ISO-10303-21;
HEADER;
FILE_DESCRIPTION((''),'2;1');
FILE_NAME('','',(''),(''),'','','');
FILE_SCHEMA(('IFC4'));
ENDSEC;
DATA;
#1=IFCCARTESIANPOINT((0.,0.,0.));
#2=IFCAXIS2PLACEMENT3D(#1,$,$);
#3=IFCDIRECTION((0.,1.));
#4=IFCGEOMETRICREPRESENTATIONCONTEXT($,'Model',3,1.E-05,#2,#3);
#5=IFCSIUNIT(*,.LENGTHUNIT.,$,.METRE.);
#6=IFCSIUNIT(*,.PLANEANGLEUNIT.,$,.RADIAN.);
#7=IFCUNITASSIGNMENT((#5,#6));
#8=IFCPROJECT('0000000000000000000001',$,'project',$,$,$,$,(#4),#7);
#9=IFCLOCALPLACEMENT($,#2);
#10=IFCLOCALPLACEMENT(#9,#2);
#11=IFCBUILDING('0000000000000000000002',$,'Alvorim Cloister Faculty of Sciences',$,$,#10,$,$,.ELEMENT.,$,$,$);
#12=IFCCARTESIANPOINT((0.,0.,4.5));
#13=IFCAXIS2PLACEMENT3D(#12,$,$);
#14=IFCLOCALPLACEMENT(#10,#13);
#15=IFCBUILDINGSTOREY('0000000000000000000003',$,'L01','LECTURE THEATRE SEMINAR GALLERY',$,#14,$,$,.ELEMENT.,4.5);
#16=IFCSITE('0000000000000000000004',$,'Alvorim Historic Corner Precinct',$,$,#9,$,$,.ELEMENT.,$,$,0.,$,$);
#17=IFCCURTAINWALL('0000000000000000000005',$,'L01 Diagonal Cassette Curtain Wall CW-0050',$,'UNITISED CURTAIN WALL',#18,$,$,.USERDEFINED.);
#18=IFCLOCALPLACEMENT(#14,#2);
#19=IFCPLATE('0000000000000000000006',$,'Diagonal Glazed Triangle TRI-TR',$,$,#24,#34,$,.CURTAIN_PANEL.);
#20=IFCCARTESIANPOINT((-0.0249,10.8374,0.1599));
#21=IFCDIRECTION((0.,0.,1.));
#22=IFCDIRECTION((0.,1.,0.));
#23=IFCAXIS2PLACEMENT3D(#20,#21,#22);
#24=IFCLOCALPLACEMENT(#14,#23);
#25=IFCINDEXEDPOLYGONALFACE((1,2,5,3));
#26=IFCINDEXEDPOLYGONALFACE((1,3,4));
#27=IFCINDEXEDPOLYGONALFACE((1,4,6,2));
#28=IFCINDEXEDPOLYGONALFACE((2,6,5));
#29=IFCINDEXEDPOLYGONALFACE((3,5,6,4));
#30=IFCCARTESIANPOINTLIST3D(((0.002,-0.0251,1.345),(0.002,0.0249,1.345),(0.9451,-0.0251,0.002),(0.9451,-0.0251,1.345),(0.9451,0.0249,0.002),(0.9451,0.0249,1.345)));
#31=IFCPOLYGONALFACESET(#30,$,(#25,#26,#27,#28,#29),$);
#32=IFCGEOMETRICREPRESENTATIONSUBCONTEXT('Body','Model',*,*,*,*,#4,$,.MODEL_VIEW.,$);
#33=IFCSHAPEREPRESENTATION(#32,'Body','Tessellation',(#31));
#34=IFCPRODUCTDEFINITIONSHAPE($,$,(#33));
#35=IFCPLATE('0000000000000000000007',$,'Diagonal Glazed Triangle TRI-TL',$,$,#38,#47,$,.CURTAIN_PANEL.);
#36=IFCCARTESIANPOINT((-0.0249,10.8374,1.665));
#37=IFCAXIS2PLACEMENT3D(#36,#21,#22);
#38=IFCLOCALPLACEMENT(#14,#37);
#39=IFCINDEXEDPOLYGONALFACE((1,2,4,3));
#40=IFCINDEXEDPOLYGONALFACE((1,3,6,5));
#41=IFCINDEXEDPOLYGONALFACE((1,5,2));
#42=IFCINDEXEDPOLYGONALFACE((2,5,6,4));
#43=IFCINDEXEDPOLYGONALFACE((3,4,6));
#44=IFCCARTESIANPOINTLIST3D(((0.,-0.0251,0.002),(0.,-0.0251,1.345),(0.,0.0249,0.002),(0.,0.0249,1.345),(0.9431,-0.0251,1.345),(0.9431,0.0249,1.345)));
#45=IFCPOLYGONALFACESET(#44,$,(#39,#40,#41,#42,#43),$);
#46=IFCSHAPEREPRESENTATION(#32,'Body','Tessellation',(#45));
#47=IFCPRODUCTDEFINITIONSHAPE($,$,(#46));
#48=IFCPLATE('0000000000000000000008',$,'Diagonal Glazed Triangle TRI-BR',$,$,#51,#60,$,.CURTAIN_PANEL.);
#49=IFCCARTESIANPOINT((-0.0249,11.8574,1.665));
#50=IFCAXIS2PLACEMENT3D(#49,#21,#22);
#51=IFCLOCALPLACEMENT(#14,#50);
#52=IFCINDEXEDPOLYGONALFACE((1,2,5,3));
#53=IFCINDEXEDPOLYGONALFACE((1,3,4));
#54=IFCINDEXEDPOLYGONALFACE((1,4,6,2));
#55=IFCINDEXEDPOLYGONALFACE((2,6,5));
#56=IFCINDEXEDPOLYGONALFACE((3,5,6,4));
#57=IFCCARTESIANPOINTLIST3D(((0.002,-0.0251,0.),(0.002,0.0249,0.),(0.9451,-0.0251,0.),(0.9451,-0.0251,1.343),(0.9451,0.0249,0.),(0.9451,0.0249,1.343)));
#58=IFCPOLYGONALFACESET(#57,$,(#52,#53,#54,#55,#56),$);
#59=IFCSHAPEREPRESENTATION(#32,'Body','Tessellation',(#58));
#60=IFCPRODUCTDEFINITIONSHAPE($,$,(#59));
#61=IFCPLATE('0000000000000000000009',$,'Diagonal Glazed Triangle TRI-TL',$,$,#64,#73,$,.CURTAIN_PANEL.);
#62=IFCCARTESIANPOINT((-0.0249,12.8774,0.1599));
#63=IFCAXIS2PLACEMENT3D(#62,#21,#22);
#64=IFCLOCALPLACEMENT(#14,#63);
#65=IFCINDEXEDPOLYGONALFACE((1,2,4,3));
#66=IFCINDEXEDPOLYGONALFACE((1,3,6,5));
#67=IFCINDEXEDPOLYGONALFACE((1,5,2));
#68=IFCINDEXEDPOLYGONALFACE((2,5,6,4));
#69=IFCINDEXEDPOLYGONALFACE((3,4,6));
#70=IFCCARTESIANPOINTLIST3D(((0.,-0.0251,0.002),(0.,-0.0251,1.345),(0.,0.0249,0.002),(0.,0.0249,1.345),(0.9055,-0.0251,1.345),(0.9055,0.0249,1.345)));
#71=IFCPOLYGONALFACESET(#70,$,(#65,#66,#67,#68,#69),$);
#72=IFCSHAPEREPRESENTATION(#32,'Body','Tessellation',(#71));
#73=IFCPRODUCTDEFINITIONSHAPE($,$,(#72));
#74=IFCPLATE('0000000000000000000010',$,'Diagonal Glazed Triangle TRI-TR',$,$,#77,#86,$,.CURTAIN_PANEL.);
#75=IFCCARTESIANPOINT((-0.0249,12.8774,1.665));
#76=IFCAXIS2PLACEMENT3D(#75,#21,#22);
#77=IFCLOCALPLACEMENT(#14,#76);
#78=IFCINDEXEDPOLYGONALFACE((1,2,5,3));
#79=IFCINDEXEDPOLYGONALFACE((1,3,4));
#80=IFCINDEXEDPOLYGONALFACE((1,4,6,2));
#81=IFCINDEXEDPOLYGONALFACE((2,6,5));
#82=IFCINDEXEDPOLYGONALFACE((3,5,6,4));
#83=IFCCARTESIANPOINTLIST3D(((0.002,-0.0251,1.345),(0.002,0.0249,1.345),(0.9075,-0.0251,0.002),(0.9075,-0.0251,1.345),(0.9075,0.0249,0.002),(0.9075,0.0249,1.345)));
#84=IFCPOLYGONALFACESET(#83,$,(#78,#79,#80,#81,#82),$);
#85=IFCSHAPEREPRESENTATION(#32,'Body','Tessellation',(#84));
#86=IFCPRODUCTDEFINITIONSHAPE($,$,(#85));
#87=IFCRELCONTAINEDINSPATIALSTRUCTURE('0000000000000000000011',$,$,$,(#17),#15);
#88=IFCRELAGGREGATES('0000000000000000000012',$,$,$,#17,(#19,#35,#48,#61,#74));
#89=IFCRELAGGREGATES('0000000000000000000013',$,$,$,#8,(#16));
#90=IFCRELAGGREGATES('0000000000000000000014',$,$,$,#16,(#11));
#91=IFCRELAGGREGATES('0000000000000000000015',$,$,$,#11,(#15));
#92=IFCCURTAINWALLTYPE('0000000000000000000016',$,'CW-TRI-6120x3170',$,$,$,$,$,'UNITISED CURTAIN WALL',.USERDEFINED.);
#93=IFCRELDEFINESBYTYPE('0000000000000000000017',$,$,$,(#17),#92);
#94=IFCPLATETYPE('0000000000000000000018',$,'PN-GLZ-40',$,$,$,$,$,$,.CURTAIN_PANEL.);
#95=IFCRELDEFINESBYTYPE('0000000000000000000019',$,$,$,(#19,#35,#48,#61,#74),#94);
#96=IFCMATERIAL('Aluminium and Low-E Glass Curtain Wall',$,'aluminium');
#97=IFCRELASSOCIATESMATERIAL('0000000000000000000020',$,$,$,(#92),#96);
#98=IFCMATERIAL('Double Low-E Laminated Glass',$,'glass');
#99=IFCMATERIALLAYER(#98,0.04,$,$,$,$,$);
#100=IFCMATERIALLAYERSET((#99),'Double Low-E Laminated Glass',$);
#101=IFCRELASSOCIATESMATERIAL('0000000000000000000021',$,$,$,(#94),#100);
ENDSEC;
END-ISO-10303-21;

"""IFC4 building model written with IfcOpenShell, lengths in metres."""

from ifc_helpers import new_model, si_unit, direction, frame, origin, place, context, subcontext, project, spatial, polyline, outline, extrude, material, layer, layer_set, type_object, element, aggregate, save


model = new_model("IFC4")

# Units and contexts
model_context = context("Model", 3, precision=1e-05, world=origin(), true_north=direction((0.0, 1.0)))
body_context = subcontext(model_context, "Body", "Model", "MODEL_VIEW")
ifc_project = project(units=[si_unit("LENGTHUNIT", "METRE"), si_unit("PLANEANGLEUNIT", "RADIAN")], contexts=[model_context])

# Site, building, storey
site_placement = place(None, origin())
site = spatial("IfcSite", under=ifc_project, at=site_placement, Name="Alvorim Historic Corner Precinct", CompositionType="ELEMENT", RefElevation=0.0)
building_placement = place(site_placement, origin())
building = spatial("IfcBuilding", under=site, at=building_placement, Name="Alvorim Cloister Faculty of Sciences", CompositionType="ELEMENT")
storey_placement = place(building_placement, frame((0.0, 0.0, 4.5)))
storey = spatial("IfcBuildingStorey", under=building, at=storey_placement, Name="L01", Description="LECTURE THEATRE SEMINAR GALLERY", CompositionType="ELEMENT", Elevation=4.5)

# Curtain wall, plates
ifc_material_1 = material(Name="Aluminium and Low-E Glass Curtain Wall", Category="aluminium")
curtain_wall_type = type_object("IfcCurtainWallType", Name="CW-TRI-6120x3170", ElementType="UNITISED CURTAIN WALL", PredefinedType="USERDEFINED", material=ifc_material_1)
curtain_wall_placement = place(storey_placement, origin())
curtain_wall = element("IfcCurtainWall", 1, at=curtain_wall_placement, inside=storey, type_object=curtain_wall_type, Name="L01 Diagonal Cassette Curtain Wall CW-0050", ObjectType="UNITISED CURTAIN WALL", PredefinedType="USERDEFINED")
ifc_material_2 = material(Name="Double Low-E Laminated Glass", Category="glass")
ifc_layer_1 = layer(ifc_material_2, 0.04)
ifc_layer_set_1 = layer_set([ifc_layer_1], Name="Double Low-E Laminated Glass")
plate_type = type_object("IfcPlateType", Name="PN-GLZ-40", PredefinedType="CURTAIN_PANEL", material=ifc_layer_set_1)
plate_1_placement = place(storey_placement, frame((-0.0249, 10.8374, 0.1599), z_axis=(0.0, 0.0, 1.0), x_axis=(0.0, 1.0, 0.0)))
plate_1 = element("IfcPlate", 2, at=plate_1_placement, type_object=plate_type, Name="Diagonal Glazed Triangle TRI-TR", PredefinedType="CURTAIN_PANEL", context=body_context, shape_type="SweptSolid", body=[
    extrude(outline(polyline([(0.9451, 0.002), (0.9451, 1.345), (0.002, 1.345), (0.9451, 0.002)])), frame((0.0, 0.0249, 0.0), z_axis=(0.0, -1.0, 0.0), x_axis=(1.0, 0.0, 0.0)), (0.0, 0.0, 1.0), 0.05),
])
plate_2_placement = place(storey_placement, frame((-0.0249, 10.8374, 1.665), z_axis=(0.0, 0.0, 1.0), x_axis=(0.0, 1.0, 0.0)))
plate_2 = element("IfcPlate", 3, at=plate_2_placement, type_object=plate_type, Name="Diagonal Glazed Triangle TRI-TL", PredefinedType="CURTAIN_PANEL", context=body_context, shape_type="SweptSolid", body=[
    extrude(outline(polyline([(0.9431, 1.345), (0.0, 1.345), (0.0, 0.002), (0.9431, 1.345)])), frame((0.0, 0.0249, 0.0), z_axis=(0.0, -1.0, 0.0), x_axis=(1.0, 0.0, 0.0)), (0.0, 0.0, 1.0), 0.05),
])
plate_3_placement = place(storey_placement, frame((-0.0249, 11.8574, 1.665), z_axis=(0.0, 0.0, 1.0), x_axis=(0.0, 1.0, 0.0)))
plate_3 = element("IfcPlate", 4, at=plate_3_placement, type_object=plate_type, Name="Diagonal Glazed Triangle TRI-BR", PredefinedType="CURTAIN_PANEL", context=body_context, shape_type="SweptSolid", body=[
    extrude(outline(polyline([(0.002, 0.0), (0.9451, 0.0), (0.9451, 1.343), (0.002, 0.0)])), frame((0.0, 0.0249, 0.0), z_axis=(0.0, -1.0, 0.0), x_axis=(1.0, 0.0, 0.0)), (0.0, 0.0, 1.0), 0.05),
])
plate_4_placement = place(storey_placement, frame((-0.0249, 12.8774, 0.1599), z_axis=(0.0, 0.0, 1.0), x_axis=(0.0, 1.0, 0.0)))
plate_4 = element("IfcPlate", 5, at=plate_4_placement, type_object=plate_type, Name="Diagonal Glazed Triangle TRI-TL", PredefinedType="CURTAIN_PANEL", context=body_context, shape_type="SweptSolid", body=[
    extrude(outline(polyline([(0.9055, 1.345), (0.0, 1.345), (0.0, 0.002), (0.9055, 1.345)])), frame((0.0, 0.0249, 0.0), z_axis=(0.0, -1.0, 0.0), x_axis=(1.0, 0.0, 0.0)), (0.0, 0.0, 1.0), 0.05),
])
plate_5_placement = place(storey_placement, frame((-0.0249, 12.8774, 1.665), z_axis=(0.0, 0.0, 1.0), x_axis=(0.0, 1.0, 0.0)))
plate_5 = element("IfcPlate", 6, at=plate_5_placement, type_object=plate_type, Name="Diagonal Glazed Triangle TRI-TR", PredefinedType="CURTAIN_PANEL", context=body_context, shape_type="SweptSolid", body=[
    extrude(outline(polyline([(0.9075, 0.002), (0.9075, 1.345), (0.002, 1.345), (0.9075, 0.002)])), frame((0.0, 0.0249, 0.0), z_axis=(0.0, -1.0, 0.0), x_axis=(1.0, 0.0, 0.0)), (0.0, 0.0, 1.0), 0.05),
])
aggregate(curtain_wall, [plate_1, plate_2, plate_3, plate_4, plate_5])

save(model, "model.ifc")
